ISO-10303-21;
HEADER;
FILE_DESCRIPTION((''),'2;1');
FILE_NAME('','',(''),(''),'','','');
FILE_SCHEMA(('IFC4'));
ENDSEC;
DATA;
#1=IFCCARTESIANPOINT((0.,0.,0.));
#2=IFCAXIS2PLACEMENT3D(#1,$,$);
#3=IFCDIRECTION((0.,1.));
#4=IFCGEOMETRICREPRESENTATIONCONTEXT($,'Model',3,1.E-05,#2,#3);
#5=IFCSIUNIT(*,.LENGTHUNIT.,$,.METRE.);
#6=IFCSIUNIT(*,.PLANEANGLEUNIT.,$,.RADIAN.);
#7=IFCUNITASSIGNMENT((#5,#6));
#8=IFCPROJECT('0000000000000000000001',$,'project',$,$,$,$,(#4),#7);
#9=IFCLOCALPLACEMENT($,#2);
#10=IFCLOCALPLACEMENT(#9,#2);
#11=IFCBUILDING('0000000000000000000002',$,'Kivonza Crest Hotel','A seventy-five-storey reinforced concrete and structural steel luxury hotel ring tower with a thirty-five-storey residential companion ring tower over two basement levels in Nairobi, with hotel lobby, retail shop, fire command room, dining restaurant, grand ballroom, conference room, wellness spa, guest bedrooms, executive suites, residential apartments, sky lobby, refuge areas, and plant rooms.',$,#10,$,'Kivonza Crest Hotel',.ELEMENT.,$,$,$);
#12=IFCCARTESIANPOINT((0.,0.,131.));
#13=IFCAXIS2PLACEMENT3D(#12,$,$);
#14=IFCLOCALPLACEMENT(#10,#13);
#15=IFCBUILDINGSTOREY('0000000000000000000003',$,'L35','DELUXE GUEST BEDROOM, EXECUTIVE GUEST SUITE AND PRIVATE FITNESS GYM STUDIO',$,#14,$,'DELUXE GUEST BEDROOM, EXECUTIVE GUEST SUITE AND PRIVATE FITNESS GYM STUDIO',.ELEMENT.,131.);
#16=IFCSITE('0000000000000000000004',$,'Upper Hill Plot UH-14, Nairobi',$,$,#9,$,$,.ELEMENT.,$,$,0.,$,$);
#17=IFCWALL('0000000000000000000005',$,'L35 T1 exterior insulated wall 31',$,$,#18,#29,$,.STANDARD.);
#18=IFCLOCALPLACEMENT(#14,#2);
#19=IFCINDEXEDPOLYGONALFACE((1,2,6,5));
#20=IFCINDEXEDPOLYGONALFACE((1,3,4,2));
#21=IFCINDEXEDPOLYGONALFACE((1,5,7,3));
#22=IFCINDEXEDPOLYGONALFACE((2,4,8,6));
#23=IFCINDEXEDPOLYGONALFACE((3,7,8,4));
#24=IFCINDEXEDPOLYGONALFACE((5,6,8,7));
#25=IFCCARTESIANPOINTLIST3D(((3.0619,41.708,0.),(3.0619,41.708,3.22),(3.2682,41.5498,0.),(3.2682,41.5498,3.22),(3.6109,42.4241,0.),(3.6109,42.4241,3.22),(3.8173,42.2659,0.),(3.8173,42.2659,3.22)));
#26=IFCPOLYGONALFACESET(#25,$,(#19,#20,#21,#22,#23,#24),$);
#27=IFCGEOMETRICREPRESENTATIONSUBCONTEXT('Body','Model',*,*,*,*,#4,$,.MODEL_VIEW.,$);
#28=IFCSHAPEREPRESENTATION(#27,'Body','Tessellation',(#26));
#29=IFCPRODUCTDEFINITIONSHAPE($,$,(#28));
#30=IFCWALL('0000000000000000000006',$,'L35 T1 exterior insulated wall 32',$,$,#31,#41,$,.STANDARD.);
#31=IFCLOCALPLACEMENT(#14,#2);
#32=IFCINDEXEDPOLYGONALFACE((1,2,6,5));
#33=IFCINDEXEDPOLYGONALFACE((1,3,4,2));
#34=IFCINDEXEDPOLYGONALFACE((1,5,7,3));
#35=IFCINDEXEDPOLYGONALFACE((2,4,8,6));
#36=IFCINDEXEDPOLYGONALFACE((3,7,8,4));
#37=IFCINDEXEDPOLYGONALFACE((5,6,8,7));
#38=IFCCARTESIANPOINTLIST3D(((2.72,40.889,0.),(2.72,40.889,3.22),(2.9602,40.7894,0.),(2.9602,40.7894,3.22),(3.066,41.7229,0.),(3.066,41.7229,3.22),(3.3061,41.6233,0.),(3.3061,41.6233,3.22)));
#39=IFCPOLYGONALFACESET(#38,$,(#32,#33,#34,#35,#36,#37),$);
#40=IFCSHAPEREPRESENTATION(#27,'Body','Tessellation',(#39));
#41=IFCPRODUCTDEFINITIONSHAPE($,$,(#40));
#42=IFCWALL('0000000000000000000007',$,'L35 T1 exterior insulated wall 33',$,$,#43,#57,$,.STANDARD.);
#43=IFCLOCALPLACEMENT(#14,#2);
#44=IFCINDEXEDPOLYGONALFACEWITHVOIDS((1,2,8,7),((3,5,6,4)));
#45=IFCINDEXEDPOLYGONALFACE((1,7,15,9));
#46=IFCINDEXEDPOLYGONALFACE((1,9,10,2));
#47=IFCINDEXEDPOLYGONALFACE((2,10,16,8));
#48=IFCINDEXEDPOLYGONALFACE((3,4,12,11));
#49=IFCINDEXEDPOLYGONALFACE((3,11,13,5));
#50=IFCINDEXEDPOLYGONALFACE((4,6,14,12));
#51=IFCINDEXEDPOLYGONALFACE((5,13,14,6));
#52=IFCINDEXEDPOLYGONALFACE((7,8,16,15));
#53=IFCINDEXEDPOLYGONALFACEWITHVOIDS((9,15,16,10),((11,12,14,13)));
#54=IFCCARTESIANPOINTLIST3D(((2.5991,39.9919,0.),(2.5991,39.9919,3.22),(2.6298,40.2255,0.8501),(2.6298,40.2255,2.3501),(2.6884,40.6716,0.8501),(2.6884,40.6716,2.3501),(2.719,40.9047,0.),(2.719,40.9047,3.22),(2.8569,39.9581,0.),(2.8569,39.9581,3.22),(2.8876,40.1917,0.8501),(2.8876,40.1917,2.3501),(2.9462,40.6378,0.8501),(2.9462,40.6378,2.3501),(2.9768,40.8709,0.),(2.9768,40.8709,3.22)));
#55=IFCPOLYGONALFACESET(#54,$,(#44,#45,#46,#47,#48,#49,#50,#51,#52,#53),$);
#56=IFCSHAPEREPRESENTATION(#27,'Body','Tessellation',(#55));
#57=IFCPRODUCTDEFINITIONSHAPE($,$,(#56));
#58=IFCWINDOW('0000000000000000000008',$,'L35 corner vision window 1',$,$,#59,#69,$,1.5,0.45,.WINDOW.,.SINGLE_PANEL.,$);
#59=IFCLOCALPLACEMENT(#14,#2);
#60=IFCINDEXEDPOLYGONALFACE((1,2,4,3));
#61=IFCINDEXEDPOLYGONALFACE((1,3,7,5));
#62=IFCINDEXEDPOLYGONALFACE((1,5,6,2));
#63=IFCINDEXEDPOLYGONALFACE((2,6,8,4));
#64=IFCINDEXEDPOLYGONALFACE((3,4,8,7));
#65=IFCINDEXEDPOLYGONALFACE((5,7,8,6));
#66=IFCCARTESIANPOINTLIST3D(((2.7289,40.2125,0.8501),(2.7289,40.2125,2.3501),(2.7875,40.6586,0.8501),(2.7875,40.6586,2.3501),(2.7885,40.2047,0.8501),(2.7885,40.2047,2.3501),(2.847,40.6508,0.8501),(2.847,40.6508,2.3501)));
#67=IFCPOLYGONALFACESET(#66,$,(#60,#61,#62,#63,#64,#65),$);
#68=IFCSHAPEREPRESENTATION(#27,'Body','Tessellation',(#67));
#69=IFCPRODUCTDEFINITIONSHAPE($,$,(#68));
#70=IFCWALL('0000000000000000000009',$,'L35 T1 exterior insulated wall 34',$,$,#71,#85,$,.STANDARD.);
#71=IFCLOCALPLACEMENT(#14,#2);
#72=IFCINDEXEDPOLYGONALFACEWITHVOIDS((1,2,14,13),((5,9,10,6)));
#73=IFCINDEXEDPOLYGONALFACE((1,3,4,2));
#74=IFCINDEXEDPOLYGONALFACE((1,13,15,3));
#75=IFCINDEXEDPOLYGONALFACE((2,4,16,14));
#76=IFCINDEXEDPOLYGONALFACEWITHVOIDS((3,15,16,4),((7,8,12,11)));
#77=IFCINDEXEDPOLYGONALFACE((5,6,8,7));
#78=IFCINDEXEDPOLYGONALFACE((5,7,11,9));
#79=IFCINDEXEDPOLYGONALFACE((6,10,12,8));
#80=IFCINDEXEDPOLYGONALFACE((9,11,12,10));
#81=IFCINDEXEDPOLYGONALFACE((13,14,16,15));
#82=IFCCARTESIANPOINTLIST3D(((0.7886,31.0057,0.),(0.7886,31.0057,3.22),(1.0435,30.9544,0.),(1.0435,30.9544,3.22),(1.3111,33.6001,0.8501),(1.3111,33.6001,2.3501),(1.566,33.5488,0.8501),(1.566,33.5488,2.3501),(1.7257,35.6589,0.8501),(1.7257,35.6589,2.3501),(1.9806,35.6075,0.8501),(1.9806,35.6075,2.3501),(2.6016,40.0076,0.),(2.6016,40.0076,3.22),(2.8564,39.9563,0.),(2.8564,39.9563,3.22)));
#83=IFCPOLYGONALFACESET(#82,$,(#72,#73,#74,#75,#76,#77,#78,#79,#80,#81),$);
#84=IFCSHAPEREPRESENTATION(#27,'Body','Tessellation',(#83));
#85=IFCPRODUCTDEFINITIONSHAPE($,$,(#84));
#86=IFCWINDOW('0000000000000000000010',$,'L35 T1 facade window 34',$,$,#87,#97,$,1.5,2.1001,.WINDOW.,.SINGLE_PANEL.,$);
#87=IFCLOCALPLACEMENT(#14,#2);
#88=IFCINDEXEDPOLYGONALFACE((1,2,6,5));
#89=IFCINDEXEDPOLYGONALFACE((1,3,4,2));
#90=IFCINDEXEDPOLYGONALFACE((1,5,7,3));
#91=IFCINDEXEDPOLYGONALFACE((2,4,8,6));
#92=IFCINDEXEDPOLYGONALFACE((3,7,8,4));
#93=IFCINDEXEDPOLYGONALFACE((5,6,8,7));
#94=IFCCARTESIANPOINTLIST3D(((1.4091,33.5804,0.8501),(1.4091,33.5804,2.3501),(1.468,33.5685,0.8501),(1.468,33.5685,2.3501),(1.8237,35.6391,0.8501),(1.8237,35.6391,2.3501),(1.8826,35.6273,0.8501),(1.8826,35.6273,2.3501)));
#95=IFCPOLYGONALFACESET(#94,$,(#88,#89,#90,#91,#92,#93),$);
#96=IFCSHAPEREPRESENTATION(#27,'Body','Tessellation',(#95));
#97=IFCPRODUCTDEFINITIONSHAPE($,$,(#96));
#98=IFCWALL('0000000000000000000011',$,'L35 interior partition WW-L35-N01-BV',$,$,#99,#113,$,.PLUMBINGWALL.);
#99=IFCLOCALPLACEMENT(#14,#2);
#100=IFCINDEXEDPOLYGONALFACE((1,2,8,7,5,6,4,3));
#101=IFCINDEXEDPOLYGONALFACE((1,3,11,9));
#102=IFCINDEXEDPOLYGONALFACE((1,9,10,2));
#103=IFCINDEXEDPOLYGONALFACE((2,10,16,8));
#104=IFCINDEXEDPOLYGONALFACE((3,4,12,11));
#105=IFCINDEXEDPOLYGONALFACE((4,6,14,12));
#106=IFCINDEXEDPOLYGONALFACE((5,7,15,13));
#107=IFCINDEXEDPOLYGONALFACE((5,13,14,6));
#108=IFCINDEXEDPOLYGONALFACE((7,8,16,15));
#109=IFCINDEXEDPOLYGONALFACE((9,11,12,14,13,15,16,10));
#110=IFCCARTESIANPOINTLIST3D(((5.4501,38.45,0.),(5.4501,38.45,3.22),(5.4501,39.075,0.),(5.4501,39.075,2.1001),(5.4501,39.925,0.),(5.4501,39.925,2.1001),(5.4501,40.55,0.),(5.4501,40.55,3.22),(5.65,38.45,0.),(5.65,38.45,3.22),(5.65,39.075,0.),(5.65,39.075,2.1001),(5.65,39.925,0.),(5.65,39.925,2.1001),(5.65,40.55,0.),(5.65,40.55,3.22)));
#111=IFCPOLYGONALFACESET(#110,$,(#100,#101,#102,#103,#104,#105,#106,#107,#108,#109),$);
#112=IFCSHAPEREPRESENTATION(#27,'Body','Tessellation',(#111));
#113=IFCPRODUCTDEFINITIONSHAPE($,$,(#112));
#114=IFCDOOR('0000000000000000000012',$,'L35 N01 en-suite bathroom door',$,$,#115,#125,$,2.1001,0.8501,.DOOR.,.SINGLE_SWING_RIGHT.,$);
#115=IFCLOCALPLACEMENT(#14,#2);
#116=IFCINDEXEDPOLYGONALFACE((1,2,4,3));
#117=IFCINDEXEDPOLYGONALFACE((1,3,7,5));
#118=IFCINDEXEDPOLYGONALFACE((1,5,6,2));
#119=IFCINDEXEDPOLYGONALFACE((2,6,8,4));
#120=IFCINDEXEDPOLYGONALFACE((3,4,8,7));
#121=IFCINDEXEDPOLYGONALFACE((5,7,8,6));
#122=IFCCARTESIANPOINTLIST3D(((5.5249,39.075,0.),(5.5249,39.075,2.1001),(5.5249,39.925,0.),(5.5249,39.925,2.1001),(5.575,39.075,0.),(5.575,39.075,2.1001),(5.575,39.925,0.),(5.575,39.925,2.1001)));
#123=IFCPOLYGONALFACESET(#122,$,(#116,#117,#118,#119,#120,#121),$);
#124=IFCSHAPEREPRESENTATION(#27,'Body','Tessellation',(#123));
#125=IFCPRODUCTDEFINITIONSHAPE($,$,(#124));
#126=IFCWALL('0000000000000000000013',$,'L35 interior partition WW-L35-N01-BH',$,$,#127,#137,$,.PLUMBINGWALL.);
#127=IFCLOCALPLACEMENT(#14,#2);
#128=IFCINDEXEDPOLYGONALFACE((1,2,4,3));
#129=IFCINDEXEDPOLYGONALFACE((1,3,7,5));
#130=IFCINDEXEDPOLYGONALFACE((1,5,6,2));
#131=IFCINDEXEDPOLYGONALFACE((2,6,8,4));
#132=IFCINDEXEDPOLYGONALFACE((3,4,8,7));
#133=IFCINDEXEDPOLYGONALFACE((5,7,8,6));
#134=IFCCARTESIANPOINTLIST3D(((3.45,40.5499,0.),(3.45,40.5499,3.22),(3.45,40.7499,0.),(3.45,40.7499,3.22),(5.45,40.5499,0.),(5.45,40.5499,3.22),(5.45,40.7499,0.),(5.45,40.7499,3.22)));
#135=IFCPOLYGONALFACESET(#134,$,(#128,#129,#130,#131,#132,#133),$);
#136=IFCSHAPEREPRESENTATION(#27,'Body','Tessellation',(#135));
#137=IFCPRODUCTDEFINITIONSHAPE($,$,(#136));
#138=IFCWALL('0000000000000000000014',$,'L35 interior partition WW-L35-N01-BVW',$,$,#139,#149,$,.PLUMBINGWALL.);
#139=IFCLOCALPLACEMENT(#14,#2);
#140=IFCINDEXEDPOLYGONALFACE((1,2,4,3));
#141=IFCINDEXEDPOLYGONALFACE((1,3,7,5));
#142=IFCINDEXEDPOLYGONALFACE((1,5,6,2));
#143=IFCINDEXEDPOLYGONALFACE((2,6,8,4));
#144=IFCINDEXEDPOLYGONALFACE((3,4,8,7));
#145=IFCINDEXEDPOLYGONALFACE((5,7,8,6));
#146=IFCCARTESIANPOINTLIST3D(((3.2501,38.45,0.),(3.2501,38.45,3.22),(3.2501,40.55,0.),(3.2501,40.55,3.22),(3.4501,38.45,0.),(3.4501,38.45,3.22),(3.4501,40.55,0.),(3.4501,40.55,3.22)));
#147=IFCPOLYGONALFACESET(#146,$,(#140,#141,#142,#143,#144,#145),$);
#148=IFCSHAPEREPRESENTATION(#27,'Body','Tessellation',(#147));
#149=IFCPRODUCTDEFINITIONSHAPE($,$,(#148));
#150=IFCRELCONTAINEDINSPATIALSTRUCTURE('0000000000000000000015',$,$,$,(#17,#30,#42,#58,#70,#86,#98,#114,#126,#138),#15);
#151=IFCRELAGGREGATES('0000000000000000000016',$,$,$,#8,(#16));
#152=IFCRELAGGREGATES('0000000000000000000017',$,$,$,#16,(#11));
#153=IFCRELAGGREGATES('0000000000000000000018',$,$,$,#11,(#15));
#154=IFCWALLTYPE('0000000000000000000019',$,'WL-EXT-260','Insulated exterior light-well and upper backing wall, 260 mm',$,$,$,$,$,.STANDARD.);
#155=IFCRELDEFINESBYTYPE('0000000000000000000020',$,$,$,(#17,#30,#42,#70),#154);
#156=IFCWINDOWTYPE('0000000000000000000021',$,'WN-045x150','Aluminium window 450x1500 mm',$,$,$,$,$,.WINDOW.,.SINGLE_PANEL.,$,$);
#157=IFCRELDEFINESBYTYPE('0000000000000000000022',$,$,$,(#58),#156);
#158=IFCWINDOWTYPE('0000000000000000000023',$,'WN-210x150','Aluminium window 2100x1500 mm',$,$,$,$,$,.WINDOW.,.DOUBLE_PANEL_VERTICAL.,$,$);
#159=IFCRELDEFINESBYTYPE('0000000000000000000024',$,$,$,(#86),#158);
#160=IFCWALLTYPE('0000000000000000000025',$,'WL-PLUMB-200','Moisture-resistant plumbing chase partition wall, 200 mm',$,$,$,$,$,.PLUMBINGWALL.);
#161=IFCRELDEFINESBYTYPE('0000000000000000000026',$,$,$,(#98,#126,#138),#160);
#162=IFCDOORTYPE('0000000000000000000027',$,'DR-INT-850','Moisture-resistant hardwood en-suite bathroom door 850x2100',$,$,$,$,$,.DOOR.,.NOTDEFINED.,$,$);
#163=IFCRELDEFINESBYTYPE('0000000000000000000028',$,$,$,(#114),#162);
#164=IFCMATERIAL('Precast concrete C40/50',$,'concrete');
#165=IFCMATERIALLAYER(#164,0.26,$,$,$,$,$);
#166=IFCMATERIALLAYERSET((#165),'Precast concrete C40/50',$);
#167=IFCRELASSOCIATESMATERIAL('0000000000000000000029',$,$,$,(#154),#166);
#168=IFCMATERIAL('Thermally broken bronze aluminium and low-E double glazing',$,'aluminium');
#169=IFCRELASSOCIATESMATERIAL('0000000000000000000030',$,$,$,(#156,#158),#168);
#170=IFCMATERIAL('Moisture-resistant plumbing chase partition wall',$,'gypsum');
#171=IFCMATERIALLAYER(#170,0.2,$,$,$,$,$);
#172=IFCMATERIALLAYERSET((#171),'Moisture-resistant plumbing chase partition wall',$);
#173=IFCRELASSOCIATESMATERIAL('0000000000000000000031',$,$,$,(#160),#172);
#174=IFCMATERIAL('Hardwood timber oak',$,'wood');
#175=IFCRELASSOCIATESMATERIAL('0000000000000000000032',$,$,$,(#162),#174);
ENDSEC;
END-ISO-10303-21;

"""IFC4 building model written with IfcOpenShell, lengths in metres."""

from ifc_helpers import new_model, si_unit, direction, frame, frame_2d, origin, place, context, subcontext, project, spatial, rectangle, extrude, material, layer, layer_set, type_object, element, fill, save


model = new_model("IFC4")

# Units and contexts
model_context = context("Model", 3, precision=1e-05, world=origin(), true_north=direction((0.0, 1.0)))
body_context = subcontext(model_context, "Body", "Model", "MODEL_VIEW")
ifc_project = project(units=[si_unit("LENGTHUNIT", "METRE"), si_unit("PLANEANGLEUNIT", "RADIAN")], contexts=[model_context])

# Site, building, storey
site_placement = place(None, origin())
site = spatial("IfcSite", under=ifc_project, at=site_placement, Name="Upper Hill Plot UH-14, Nairobi", CompositionType="ELEMENT", RefElevation=0.0)
building_placement = place(site_placement, origin())
building = spatial("IfcBuilding", under=site, at=building_placement, Name="Kivonza Crest Hotel", Description="A seventy-five-storey reinforced concrete and structural steel luxury hotel ring tower with a thirty-five-storey residential companion ring tower over two basement levels in Nairobi, with hotel lobby, retail shop, fire command room, dining restaurant, grand ballroom, conference room, wellness spa, guest bedrooms, executive suites, residential apartments, sky lobby, refuge areas, and plant rooms.", LongName="Kivonza Crest Hotel", CompositionType="ELEMENT")
storey_placement = place(building_placement, frame((0.0, 0.0, 131.0)))
storey = spatial("IfcBuildingStorey", under=building, at=storey_placement, Name="L35", Description="DELUXE GUEST BEDROOM, EXECUTIVE GUEST SUITE AND PRIVATE FITNESS GYM STUDIO", LongName="DELUXE GUEST BEDROOM, EXECUTIVE GUEST SUITE AND PRIVATE FITNESS GYM STUDIO", CompositionType="ELEMENT", Elevation=131.0)

# Shared definitions
ifc_material_1 = material(Name="Hardwood timber oak", Category="wood")

# Walls
ifc_material_2 = material(Name="Precast concrete C40/50", Category="concrete")
ifc_layer_1 = layer(ifc_material_2, 0.26)
ifc_layer_set_1 = layer_set([ifc_layer_1], Name="Precast concrete C40/50")
wall_type_1 = type_object("IfcWallType", Name="WL-EXT-260", Description="Insulated exterior light-well and upper backing wall, 260 mm", PredefinedType="STANDARD", material=ifc_layer_set_1)
wall_1_placement = place(storey_placement, frame((3.7141, 42.345, 0.0), z_axis=(0.0, 0.0, 1.0), x_axis=(-0.608494, -0.793558, 0.0)))
element("IfcWall", 1, at=wall_1_placement, inside=storey, type_object=wall_type_1, Name="L35 T1 exterior insulated wall 31", PredefinedType="STANDARD", context=body_context, shape_type="SweptSolid", body=[
    extrude(rectangle(XDim=0.9023, YDim=0.26, at=frame_2d((0.4512, 0.0))), origin(), (0.0, 0.0, 1.0), 3.22),
])
wall_2_placement = place(storey_placement, frame((3.186, 41.6731, 0.0), z_axis=(0.0, 0.0, 1.0), x_axis=(-0.383156, -0.923684, 0.0)))
element("IfcWall", 2, at=wall_2_placement, inside=storey, type_object=wall_type_1, Name="L35 T1 exterior insulated wall 32", PredefinedType="STANDARD", context=body_context, shape_type="SweptSolid", body=[
    extrude(rectangle(XDim=0.9028, YDim=0.26, at=frame_2d((0.4514, 0.0))), origin(), (0.0, 0.0, 1.0), 3.22),
])

# Walls, openings, windows
wall_3_placement = place(storey_placement, frame((2.8479, 40.8879, 0.0), z_axis=(0.0, 0.0, 1.0), x_axis=(-0.130201, -0.991488, 0.0)))
wall_3 = element("IfcWall", 3, at=wall_3_placement, inside=storey, type_object=wall_type_1, Name="L35 T1 exterior insulated wall 33", PredefinedType="STANDARD", context=body_context, shape_type="SweptSolid", body=[
    extrude(rectangle(XDim=0.9207, YDim=0.26, at=frame_2d((0.4604, 0.0))), origin(), (0.0, 0.0, 1.0), 3.22),
])
opening_1_placement = place(wall_3_placement, frame((0.2351, 0.0, 0.8501)))
opening_1 = element("IfcOpeningElement", 4, at=opening_1_placement, cuts=wall_3, PredefinedType="OPENING", context=body_context, shape_type="SweptSolid", body=[
    extrude(rectangle(XDim=0.45, YDim=1.5, at=frame_2d((0.2251, 0.75))), frame((0.0, 0.1401, 0.0), z_axis=(0.0, -1.0, 0.0), x_axis=(1.0, 0.0, 0.0)), (0.0, 0.0, 1.0), 0.28),
])
ifc_material_3 = material(Name="Thermally broken bronze aluminium and low-E double glazing", Category="aluminium")
window_type_1 = type_object("IfcWindowType", Name="WN-045x150", Description="Aluminium window 450x1500 mm", PartitioningType="SINGLE_PANEL", PredefinedType="WINDOW", material=ifc_material_3)
window_1_placement = place(opening_1_placement, origin())
window_1 = element("IfcWindow", 5, at=window_1_placement, inside=storey, type_object=window_type_1, Name="L35 corner vision window 1", OverallHeight=1.5, OverallWidth=0.45, PartitioningType="SINGLE_PANEL", PredefinedType="WINDOW", context=body_context, shape_type="SweptSolid", body=[
    extrude(rectangle(XDim=0.45, YDim=1.5, at=frame_2d((0.2251, 0.75))), frame((0.0, 0.03, 0.0), z_axis=(0.0, -1.0, 0.0), x_axis=(1.0, 0.0, 0.0)), (0.0, 0.0, 1.0), 0.0601),
])
fill(opening_1, window_1)
wall_4_placement = place(storey_placement, frame((2.729, 39.9819, 0.0), z_axis=(0.0, 0.0, 1.0), x_axis=(-0.197435, -0.980316, 0.0)))
wall_4 = element("IfcWall", 6, at=wall_4_placement, inside=storey, type_object=wall_type_1, Name="L35 T1 exterior insulated wall 34", PredefinedType="STANDARD", context=body_context, shape_type="SweptSolid", body=[
    extrude(rectangle(XDim=9.1826, YDim=0.26, at=frame_2d((4.5913, 0.0))), origin(), (0.0, 0.0, 1.0), 3.22),
])
opening_2_placement = place(wall_4_placement, frame((4.436, 0.0, 0.8501)))
opening_2 = element("IfcOpeningElement", 7, at=opening_2_placement, cuts=wall_4, PredefinedType="OPENING", context=body_context, shape_type="SweptSolid", body=[
    extrude(rectangle(XDim=2.1001, YDim=1.5, at=frame_2d((1.05, 0.75))), frame((0.0, 0.1401, 0.0), z_axis=(0.0, -1.0, 0.0), x_axis=(1.0, 0.0, 0.0)), (0.0, 0.0, 1.0), 0.28),
])
window_type_2 = type_object("IfcWindowType", Name="WN-210x150", Description="Aluminium window 2100x1500 mm", PartitioningType="DOUBLE_PANEL_VERTICAL", PredefinedType="WINDOW", material=ifc_material_3)
window_2_placement = place(opening_2_placement, origin())
window_2 = element("IfcWindow", 8, at=window_2_placement, inside=storey, type_object=window_type_2, Name="L35 T1 facade window 34", OverallHeight=1.5, OverallWidth=2.1001, PartitioningType="SINGLE_PANEL", PredefinedType="WINDOW", context=body_context, shape_type="SweptSolid", body=[
    extrude(rectangle(XDim=2.1001, YDim=1.5, at=frame_2d((1.05, 0.75))), frame((0.0, 0.03, 0.0), z_axis=(0.0, -1.0, 0.0), x_axis=(1.0, 0.0, 0.0)), (0.0, 0.0, 1.0), 0.0601),
])
fill(opening_2, window_2)

# Wall, opening, door
ifc_material_4 = material(Name="Moisture-resistant plumbing chase partition wall", Category="gypsum")
ifc_layer_2 = layer(ifc_material_4, 0.2)
ifc_layer_set_2 = layer_set([ifc_layer_2], Name="Moisture-resistant plumbing chase partition wall")
wall_type_2 = type_object("IfcWallType", Name="WL-PLUMB-200", Description="Moisture-resistant plumbing chase partition wall, 200 mm", PredefinedType="PLUMBINGWALL", material=ifc_layer_set_2)
wall_5_placement = place(storey_placement, frame((5.55, 38.45, 0.0), z_axis=(0.0, 0.0, 1.0), x_axis=(0.0, 1.0, 0.0)))
wall_5 = element("IfcWall", 9, at=wall_5_placement, inside=storey, type_object=wall_type_2, Name="L35 interior partition WW-L35-N01-BV", PredefinedType="PLUMBINGWALL", context=body_context, shape_type="SweptSolid", body=[
    extrude(rectangle(XDim=2.1001, YDim=0.2, at=frame_2d((1.05, 0.0))), origin(), (0.0, 0.0, 1.0), 3.22),
])
opening_3_placement = place(wall_5_placement, frame((0.625, 0.0, 0.0)))
opening_3 = element("IfcOpeningElement", 10, at=opening_3_placement, cuts=wall_5, PredefinedType="OPENING", context=body_context, shape_type="SweptSolid", body=[
    extrude(rectangle(XDim=0.8501, YDim=2.1001, at=frame_2d((0.425, 1.05))), frame((0.0, 0.1099, 0.0), z_axis=(0.0, -1.0, 0.0), x_axis=(1.0, 0.0, 0.0)), (0.0, 0.0, 1.0), 0.22),
])
door_type_1 = type_object("IfcDoorType", Name="DR-INT-850", Description="Moisture-resistant hardwood en-suite bathroom door 850x2100", OperationType="NOTDEFINED", PredefinedType="DOOR", material=ifc_material_1)
door_1_placement = place(opening_3_placement, frame((0.8501, 0.0, 0.0), z_axis=(0.0, 0.0, 1.0), x_axis=(-1.0, 0.0, 0.0)))
door_1 = element("IfcDoor", 11, at=door_1_placement, inside=storey, type_object=door_type_1, Name="L35 N01 en-suite bathroom door", OperationType="SINGLE_SWING_RIGHT", OverallHeight=2.1001, OverallWidth=0.8501, PredefinedType="DOOR", context=body_context, shape_type="SweptSolid", body=[
    extrude(rectangle(XDim=0.8501, YDim=2.1001, at=frame_2d((0.425, 1.05))), frame((0.0, 0.0249, 0.0), z_axis=(0.0, -1.0, 0.0), x_axis=(1.0, 0.0, 0.0)), (0.0, 0.0, 1.0), 0.05),
])
fill(opening_3, door_1)

# Walls
wall_6_placement = place(storey_placement, frame((3.45, 40.6499, 0.0), z_axis=(0.0, 0.0, 1.0), x_axis=(1.0, 0.0, 0.0)))
element("IfcWall", 12, at=wall_6_placement, inside=storey, type_object=wall_type_2, Name="L35 interior partition WW-L35-N01-BH", PredefinedType="PLUMBINGWALL", context=body_context, shape_type="SweptSolid", body=[
    extrude(rectangle(XDim=2.0, YDim=0.2, at=frame_2d((1.0, 0.0))), origin(), (0.0, 0.0, 1.0), 3.22),
])
wall_7_placement = place(storey_placement, frame((3.3501, 38.45, 0.0), z_axis=(0.0, 0.0, 1.0), x_axis=(0.0, 1.0, 0.0)))
element("IfcWall", 13, at=wall_7_placement, inside=storey, type_object=wall_type_2, Name="L35 interior partition WW-L35-N01-BVW", PredefinedType="PLUMBINGWALL", context=body_context, shape_type="SweptSolid", body=[
    extrude(rectangle(XDim=2.1001, YDim=0.2, at=frame_2d((1.05, 0.0))), origin(), (0.0, 0.0, 1.0), 3.22),
])

save(model, "model.ifc")
